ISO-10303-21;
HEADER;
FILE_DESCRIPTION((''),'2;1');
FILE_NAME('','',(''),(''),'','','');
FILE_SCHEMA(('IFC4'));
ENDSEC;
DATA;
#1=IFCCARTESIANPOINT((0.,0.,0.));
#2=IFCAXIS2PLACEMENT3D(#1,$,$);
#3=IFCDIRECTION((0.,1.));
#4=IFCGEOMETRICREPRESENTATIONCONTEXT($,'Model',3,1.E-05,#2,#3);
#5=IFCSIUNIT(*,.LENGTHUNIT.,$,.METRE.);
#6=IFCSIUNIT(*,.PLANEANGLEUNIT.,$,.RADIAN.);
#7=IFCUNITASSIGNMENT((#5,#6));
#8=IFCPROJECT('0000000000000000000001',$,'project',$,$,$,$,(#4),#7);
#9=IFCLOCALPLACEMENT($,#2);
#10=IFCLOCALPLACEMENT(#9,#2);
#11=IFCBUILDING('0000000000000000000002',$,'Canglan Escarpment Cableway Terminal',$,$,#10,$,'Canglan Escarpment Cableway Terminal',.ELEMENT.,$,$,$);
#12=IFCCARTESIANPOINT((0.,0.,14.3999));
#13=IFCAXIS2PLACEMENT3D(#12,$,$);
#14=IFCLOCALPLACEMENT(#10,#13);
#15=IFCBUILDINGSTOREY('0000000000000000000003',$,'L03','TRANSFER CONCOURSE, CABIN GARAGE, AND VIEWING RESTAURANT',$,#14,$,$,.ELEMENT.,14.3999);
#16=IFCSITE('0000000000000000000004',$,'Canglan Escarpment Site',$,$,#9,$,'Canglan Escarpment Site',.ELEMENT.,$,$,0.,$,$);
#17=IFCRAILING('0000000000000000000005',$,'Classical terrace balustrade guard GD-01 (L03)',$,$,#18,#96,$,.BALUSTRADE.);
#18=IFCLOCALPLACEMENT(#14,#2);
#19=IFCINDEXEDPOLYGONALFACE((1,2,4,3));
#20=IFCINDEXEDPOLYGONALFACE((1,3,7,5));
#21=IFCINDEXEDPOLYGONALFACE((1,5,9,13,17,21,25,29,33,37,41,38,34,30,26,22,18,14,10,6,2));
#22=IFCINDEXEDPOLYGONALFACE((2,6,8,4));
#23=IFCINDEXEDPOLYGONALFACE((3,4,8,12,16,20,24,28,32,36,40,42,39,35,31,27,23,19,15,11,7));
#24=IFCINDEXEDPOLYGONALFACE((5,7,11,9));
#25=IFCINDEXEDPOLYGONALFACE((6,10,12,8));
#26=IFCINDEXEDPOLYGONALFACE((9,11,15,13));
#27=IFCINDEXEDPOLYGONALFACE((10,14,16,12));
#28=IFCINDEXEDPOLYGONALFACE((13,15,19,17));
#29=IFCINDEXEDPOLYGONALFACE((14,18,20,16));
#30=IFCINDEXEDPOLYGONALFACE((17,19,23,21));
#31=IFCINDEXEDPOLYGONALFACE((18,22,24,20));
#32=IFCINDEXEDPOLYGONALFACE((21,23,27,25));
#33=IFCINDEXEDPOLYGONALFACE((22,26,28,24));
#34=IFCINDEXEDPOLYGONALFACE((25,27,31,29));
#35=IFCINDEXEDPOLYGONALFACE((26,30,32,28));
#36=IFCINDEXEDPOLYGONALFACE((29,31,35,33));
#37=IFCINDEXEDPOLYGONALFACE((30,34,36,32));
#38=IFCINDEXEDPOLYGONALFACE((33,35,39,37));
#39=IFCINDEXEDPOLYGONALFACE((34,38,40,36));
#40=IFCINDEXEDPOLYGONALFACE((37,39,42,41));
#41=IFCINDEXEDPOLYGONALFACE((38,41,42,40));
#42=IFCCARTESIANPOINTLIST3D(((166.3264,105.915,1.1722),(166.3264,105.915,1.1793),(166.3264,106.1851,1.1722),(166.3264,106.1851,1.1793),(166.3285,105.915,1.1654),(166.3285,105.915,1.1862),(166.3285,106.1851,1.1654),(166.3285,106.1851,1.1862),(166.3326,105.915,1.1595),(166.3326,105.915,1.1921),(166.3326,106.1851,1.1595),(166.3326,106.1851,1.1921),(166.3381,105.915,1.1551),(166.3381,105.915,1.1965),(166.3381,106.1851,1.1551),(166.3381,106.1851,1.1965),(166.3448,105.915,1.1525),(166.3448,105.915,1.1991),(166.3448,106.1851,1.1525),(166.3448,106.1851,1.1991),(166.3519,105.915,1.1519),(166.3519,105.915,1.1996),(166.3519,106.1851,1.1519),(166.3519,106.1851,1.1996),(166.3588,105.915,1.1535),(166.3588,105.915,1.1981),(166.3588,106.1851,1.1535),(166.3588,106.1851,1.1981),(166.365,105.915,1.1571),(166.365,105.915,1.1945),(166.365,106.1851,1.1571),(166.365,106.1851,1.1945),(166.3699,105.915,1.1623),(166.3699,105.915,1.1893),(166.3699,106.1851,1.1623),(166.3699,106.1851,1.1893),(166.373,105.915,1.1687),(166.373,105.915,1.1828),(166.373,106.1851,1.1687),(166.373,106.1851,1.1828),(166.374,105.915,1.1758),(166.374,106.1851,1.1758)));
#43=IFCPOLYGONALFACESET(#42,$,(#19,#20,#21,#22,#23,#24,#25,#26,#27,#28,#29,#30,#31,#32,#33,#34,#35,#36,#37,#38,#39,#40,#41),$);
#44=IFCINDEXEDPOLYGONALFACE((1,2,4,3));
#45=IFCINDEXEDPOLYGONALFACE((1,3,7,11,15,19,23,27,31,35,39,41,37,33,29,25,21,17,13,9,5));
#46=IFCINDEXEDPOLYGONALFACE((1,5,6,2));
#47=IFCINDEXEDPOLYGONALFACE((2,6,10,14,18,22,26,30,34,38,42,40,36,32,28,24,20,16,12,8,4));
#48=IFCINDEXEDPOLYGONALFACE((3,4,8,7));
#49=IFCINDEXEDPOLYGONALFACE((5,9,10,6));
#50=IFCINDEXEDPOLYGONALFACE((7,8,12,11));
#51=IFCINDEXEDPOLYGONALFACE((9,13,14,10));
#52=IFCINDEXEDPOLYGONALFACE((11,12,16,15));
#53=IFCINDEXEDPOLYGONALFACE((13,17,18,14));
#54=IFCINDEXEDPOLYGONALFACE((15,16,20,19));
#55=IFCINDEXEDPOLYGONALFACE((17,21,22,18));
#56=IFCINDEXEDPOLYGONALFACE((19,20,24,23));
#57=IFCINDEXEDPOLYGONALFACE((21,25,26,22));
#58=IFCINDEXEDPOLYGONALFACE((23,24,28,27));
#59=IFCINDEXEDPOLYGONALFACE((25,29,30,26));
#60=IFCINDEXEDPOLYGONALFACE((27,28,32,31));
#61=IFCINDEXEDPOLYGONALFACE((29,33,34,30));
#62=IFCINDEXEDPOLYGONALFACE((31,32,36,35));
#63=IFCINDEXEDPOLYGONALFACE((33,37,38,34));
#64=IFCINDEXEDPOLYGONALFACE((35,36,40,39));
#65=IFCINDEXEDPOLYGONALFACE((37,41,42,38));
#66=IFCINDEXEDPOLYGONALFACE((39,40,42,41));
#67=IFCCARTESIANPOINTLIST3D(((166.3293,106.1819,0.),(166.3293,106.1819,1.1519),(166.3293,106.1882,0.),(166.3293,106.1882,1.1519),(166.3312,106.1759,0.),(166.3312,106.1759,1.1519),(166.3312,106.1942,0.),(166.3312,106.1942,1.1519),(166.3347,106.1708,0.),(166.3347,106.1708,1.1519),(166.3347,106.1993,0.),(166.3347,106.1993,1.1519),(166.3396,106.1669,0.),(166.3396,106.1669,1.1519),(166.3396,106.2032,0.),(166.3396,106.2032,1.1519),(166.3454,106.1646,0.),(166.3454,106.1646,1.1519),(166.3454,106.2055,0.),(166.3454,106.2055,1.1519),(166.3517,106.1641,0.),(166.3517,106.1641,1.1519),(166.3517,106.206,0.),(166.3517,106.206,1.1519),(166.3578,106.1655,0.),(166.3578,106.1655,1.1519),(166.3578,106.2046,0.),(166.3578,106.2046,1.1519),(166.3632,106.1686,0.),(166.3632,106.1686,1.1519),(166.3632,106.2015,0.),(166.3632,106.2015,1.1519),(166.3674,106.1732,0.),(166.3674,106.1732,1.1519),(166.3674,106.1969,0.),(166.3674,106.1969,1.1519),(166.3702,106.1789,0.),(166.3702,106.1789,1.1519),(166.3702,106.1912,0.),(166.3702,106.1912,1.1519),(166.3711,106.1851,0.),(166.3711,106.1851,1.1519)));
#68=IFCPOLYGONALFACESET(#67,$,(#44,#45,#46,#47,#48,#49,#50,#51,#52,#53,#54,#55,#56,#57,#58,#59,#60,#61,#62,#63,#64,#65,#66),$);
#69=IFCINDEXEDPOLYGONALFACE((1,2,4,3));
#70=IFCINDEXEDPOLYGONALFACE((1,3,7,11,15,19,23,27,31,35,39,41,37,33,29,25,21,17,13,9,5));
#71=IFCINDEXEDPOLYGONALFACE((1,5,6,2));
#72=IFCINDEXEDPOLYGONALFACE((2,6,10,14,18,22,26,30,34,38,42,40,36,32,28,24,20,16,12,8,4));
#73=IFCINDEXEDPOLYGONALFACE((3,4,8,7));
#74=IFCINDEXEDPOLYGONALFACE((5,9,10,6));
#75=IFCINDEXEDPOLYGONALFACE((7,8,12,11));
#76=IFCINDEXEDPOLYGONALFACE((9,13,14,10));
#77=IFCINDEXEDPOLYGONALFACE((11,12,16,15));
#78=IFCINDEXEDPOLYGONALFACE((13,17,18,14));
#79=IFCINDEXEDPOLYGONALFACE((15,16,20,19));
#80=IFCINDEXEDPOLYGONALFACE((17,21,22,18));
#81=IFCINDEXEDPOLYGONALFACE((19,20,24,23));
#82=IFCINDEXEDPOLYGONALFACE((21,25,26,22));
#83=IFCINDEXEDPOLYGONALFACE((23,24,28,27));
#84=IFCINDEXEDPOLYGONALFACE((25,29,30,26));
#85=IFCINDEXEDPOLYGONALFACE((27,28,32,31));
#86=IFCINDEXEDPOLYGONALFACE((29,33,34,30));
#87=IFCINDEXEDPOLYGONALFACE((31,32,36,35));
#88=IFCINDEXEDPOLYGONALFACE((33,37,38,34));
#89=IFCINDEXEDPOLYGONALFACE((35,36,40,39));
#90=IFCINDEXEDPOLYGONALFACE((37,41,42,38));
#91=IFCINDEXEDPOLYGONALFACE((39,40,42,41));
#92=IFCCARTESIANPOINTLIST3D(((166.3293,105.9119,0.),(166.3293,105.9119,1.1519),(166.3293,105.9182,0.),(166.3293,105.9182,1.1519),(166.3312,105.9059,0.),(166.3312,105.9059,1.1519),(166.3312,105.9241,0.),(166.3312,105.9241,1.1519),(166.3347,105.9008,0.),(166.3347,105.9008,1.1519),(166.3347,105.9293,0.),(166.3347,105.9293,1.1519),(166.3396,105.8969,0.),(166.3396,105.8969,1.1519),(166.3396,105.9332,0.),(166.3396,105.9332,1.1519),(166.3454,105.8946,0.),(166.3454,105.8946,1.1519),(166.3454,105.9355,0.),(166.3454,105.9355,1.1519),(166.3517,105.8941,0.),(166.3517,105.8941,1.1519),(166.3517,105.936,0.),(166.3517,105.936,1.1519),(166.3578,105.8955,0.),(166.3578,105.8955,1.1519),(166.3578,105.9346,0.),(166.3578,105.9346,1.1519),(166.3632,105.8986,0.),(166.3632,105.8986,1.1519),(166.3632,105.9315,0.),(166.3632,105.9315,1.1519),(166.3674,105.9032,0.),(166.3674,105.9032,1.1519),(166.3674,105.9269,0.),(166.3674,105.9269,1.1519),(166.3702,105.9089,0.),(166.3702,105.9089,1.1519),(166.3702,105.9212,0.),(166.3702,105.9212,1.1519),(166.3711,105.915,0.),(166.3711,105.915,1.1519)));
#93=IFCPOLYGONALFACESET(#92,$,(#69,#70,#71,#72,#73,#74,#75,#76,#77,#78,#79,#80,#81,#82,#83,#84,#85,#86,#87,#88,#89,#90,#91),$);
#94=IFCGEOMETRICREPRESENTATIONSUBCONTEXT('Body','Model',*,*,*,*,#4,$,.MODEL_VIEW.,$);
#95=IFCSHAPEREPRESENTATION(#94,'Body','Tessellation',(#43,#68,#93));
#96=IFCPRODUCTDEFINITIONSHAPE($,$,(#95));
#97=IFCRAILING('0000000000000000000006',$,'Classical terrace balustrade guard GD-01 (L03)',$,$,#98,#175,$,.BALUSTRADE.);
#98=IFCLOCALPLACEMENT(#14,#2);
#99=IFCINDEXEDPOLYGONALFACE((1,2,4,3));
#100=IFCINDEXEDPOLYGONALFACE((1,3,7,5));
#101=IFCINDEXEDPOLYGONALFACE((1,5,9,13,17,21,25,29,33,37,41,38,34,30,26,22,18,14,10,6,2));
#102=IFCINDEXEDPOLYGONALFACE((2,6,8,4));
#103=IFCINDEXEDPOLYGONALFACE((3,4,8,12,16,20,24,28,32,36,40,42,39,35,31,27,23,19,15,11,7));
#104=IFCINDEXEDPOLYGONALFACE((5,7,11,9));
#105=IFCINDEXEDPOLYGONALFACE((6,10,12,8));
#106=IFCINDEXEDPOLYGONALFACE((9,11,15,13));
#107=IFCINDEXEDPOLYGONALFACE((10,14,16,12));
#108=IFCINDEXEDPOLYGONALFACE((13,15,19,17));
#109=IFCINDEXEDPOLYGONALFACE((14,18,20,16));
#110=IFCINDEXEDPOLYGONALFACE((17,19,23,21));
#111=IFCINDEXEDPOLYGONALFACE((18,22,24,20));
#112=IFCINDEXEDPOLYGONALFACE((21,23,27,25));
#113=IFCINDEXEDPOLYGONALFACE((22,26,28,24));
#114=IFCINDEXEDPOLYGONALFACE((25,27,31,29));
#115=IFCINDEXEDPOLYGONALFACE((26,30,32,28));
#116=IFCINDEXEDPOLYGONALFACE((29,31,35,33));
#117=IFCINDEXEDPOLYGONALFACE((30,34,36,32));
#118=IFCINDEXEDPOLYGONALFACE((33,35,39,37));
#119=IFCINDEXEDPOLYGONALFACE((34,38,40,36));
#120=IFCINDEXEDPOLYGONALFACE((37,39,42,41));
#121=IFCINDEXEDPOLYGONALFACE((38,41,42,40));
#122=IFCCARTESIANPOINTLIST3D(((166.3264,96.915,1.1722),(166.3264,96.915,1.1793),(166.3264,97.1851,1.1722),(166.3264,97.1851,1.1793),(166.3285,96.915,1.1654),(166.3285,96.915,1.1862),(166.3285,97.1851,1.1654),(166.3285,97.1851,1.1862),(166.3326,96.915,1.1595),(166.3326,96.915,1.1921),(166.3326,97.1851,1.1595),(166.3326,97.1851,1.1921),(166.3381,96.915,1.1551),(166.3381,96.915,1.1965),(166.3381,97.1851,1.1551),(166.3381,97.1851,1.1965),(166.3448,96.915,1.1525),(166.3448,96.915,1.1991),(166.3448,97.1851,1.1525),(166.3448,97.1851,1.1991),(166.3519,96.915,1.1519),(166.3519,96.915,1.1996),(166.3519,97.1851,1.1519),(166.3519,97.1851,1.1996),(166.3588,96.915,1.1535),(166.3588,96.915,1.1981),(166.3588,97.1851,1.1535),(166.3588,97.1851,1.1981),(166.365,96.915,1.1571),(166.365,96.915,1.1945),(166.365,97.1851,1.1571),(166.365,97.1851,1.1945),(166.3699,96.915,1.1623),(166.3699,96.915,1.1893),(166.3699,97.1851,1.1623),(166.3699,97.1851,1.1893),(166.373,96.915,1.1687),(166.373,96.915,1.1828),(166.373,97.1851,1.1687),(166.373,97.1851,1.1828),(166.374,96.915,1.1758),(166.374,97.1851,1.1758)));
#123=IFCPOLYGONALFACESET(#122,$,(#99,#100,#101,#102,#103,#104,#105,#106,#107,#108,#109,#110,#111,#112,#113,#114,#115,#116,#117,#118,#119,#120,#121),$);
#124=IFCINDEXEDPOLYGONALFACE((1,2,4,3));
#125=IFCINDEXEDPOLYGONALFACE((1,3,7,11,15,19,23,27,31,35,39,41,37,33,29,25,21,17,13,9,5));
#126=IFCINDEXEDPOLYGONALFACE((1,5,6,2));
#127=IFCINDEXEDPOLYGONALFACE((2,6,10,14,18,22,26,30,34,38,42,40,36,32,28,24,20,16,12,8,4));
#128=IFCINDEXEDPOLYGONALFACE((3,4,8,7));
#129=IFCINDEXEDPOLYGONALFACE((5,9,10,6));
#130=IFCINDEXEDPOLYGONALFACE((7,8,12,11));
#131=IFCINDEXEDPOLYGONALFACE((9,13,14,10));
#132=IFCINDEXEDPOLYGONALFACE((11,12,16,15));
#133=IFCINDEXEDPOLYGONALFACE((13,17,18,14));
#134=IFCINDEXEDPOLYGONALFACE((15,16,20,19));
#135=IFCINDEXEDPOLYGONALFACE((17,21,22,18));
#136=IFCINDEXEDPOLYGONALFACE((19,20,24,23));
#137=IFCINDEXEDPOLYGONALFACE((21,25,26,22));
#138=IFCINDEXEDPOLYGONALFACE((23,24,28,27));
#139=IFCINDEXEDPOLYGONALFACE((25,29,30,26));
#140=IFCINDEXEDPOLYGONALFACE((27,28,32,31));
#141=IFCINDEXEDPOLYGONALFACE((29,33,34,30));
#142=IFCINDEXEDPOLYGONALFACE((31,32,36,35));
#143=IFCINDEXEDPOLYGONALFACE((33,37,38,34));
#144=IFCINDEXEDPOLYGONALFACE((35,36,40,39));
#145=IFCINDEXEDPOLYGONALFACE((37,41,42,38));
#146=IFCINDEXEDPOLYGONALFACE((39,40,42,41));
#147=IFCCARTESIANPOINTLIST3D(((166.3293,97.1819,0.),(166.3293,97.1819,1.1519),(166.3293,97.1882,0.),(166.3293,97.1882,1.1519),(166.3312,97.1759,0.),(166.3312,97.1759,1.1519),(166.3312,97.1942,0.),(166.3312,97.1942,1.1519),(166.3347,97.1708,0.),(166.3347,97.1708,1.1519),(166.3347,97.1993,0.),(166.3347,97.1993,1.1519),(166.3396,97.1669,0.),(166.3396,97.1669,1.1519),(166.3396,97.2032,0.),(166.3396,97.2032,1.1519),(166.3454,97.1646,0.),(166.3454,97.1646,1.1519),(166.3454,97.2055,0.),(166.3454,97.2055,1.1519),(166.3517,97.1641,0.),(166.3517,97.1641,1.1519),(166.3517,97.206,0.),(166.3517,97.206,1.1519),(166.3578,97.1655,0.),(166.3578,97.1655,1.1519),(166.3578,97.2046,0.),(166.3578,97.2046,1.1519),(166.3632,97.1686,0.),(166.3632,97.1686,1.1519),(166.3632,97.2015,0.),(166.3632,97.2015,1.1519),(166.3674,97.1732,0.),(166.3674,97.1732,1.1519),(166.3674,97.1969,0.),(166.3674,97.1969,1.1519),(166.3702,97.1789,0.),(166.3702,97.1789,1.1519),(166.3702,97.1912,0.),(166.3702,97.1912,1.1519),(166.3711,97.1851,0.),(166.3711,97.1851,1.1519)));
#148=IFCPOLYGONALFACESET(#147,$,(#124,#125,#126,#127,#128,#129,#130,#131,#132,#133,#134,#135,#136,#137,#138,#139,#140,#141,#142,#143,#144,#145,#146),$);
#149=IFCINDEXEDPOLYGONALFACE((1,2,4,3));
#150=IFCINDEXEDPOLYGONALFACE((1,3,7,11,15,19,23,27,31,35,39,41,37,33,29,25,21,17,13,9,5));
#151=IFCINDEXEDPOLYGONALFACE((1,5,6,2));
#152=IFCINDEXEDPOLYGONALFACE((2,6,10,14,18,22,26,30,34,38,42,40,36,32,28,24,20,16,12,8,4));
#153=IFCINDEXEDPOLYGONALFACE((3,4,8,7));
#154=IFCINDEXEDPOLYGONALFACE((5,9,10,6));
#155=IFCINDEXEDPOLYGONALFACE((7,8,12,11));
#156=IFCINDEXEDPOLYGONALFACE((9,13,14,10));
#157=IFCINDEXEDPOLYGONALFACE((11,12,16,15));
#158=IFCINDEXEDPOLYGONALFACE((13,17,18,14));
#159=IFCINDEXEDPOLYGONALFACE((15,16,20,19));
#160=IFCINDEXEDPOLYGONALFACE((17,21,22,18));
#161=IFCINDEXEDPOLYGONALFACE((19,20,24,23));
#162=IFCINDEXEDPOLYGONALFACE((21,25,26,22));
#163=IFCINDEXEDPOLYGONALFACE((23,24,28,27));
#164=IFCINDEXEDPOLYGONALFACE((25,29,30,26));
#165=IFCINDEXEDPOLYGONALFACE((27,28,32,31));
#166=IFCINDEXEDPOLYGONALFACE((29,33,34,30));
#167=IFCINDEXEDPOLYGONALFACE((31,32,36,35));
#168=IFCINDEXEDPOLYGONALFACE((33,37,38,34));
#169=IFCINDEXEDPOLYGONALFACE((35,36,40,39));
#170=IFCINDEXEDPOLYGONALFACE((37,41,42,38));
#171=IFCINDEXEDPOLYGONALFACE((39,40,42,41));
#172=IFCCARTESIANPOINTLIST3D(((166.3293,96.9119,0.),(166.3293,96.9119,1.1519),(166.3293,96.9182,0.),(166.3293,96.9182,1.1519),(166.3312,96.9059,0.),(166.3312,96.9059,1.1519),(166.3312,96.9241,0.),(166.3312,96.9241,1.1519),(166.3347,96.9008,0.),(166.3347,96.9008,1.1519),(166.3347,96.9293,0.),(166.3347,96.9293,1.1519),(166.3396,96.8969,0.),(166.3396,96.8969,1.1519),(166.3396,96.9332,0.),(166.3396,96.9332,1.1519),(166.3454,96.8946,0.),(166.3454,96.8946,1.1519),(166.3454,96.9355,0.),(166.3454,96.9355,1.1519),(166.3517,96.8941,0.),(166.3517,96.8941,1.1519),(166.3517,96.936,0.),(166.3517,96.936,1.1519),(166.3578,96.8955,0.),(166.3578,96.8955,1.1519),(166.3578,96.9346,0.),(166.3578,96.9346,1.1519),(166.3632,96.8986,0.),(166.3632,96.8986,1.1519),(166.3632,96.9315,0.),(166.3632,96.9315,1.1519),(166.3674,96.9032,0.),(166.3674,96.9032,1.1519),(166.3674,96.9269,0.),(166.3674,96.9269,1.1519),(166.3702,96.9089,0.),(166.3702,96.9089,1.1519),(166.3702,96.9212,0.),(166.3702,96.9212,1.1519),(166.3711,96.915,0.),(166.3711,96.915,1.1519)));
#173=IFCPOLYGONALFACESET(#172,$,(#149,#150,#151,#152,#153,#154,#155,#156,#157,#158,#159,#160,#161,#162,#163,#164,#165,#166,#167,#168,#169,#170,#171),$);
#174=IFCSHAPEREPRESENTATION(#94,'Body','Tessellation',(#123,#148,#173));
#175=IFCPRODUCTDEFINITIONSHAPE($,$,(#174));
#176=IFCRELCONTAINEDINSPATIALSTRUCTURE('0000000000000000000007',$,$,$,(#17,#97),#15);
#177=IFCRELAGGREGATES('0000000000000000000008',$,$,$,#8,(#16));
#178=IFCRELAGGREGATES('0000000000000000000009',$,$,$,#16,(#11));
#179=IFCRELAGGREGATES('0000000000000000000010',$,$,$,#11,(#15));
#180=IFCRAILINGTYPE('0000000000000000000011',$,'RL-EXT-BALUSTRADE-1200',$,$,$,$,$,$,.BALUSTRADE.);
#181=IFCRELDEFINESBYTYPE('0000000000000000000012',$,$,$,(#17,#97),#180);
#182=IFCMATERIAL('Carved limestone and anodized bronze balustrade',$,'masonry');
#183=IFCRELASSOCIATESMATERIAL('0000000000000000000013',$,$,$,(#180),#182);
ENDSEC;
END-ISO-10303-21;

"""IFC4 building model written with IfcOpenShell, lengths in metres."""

from ifc_helpers import new_model, si_unit, direction, frame, origin, origin_2d, place, context, subcontext, project, spatial, circle, extrude, material, type_object, element, save


model = new_model("IFC4")

# Units and contexts
model_context = context("Model", 3, precision=1e-05, world=origin(), true_north=direction((0.0, 1.0)))
body_context = subcontext(model_context, "Body", "Model", "MODEL_VIEW")
ifc_project = project(units=[si_unit("LENGTHUNIT", "METRE"), si_unit("PLANEANGLEUNIT", "RADIAN")], contexts=[model_context])

# Site, building, storey
site_placement = place(None, origin())
site = spatial("IfcSite", under=ifc_project, at=site_placement, Name="Canglan Escarpment Site", LongName="Canglan Escarpment Site", CompositionType="ELEMENT", RefElevation=0.0)
building_placement = place(site_placement, origin())
building = spatial("IfcBuilding", under=site, at=building_placement, Name="Canglan Escarpment Cableway Terminal", LongName="Canglan Escarpment Cableway Terminal", CompositionType="ELEMENT")
storey_placement = place(building_placement, frame((0.0, 0.0, 14.3999)))
storey = spatial("IfcBuildingStorey", under=building, at=storey_placement, Name="L03", Description="TRANSFER CONCOURSE, CABIN GARAGE, AND VIEWING RESTAURANT", CompositionType="ELEMENT", Elevation=14.3999)

# Railings
ifc_material_1 = material(Name="Carved limestone and anodized bronze balustrade", Category="masonry")
railing_type_1 = type_object("IfcRailingType", Name="RL-EXT-BALUSTRADE-1200", PredefinedType="BALUSTRADE", material=ifc_material_1)
for number, where, name in (
    (1, (166.3501, 106.1851, 0.0), "Classical terrace balustrade guard GD-01 (L03)"),
    (2, (166.3501, 97.1851, 0.0), "Classical terrace balustrade guard GD-01 (L03)"),
):
    element("IfcRailing", number, at=place(storey_placement, frame(where)), inside=storey, type_object=railing_type_1, Name=name, PredefinedType="BALUSTRADE", context=body_context, shape_type="SweptSolid", body=[
        extrude(circle(Radius=0.0239, at=origin_2d()), frame((0.0, 0.0, 1.1758), z_axis=(0.0, -1.0, 0.0), x_axis=(1.0, 0.0, 0.0)), (0.0, 0.0, 1.0), 0.27),
        extrude(circle(Radius=0.021, at=origin_2d()), origin(), (0.0, 0.0, 1.0), 1.1519),
        extrude(circle(Radius=0.021, at=origin_2d()), frame((0.0, -0.27, 0.0)), (0.0, 0.0, 1.0), 1.1519),
    ])

save(model, "model.ifc")
